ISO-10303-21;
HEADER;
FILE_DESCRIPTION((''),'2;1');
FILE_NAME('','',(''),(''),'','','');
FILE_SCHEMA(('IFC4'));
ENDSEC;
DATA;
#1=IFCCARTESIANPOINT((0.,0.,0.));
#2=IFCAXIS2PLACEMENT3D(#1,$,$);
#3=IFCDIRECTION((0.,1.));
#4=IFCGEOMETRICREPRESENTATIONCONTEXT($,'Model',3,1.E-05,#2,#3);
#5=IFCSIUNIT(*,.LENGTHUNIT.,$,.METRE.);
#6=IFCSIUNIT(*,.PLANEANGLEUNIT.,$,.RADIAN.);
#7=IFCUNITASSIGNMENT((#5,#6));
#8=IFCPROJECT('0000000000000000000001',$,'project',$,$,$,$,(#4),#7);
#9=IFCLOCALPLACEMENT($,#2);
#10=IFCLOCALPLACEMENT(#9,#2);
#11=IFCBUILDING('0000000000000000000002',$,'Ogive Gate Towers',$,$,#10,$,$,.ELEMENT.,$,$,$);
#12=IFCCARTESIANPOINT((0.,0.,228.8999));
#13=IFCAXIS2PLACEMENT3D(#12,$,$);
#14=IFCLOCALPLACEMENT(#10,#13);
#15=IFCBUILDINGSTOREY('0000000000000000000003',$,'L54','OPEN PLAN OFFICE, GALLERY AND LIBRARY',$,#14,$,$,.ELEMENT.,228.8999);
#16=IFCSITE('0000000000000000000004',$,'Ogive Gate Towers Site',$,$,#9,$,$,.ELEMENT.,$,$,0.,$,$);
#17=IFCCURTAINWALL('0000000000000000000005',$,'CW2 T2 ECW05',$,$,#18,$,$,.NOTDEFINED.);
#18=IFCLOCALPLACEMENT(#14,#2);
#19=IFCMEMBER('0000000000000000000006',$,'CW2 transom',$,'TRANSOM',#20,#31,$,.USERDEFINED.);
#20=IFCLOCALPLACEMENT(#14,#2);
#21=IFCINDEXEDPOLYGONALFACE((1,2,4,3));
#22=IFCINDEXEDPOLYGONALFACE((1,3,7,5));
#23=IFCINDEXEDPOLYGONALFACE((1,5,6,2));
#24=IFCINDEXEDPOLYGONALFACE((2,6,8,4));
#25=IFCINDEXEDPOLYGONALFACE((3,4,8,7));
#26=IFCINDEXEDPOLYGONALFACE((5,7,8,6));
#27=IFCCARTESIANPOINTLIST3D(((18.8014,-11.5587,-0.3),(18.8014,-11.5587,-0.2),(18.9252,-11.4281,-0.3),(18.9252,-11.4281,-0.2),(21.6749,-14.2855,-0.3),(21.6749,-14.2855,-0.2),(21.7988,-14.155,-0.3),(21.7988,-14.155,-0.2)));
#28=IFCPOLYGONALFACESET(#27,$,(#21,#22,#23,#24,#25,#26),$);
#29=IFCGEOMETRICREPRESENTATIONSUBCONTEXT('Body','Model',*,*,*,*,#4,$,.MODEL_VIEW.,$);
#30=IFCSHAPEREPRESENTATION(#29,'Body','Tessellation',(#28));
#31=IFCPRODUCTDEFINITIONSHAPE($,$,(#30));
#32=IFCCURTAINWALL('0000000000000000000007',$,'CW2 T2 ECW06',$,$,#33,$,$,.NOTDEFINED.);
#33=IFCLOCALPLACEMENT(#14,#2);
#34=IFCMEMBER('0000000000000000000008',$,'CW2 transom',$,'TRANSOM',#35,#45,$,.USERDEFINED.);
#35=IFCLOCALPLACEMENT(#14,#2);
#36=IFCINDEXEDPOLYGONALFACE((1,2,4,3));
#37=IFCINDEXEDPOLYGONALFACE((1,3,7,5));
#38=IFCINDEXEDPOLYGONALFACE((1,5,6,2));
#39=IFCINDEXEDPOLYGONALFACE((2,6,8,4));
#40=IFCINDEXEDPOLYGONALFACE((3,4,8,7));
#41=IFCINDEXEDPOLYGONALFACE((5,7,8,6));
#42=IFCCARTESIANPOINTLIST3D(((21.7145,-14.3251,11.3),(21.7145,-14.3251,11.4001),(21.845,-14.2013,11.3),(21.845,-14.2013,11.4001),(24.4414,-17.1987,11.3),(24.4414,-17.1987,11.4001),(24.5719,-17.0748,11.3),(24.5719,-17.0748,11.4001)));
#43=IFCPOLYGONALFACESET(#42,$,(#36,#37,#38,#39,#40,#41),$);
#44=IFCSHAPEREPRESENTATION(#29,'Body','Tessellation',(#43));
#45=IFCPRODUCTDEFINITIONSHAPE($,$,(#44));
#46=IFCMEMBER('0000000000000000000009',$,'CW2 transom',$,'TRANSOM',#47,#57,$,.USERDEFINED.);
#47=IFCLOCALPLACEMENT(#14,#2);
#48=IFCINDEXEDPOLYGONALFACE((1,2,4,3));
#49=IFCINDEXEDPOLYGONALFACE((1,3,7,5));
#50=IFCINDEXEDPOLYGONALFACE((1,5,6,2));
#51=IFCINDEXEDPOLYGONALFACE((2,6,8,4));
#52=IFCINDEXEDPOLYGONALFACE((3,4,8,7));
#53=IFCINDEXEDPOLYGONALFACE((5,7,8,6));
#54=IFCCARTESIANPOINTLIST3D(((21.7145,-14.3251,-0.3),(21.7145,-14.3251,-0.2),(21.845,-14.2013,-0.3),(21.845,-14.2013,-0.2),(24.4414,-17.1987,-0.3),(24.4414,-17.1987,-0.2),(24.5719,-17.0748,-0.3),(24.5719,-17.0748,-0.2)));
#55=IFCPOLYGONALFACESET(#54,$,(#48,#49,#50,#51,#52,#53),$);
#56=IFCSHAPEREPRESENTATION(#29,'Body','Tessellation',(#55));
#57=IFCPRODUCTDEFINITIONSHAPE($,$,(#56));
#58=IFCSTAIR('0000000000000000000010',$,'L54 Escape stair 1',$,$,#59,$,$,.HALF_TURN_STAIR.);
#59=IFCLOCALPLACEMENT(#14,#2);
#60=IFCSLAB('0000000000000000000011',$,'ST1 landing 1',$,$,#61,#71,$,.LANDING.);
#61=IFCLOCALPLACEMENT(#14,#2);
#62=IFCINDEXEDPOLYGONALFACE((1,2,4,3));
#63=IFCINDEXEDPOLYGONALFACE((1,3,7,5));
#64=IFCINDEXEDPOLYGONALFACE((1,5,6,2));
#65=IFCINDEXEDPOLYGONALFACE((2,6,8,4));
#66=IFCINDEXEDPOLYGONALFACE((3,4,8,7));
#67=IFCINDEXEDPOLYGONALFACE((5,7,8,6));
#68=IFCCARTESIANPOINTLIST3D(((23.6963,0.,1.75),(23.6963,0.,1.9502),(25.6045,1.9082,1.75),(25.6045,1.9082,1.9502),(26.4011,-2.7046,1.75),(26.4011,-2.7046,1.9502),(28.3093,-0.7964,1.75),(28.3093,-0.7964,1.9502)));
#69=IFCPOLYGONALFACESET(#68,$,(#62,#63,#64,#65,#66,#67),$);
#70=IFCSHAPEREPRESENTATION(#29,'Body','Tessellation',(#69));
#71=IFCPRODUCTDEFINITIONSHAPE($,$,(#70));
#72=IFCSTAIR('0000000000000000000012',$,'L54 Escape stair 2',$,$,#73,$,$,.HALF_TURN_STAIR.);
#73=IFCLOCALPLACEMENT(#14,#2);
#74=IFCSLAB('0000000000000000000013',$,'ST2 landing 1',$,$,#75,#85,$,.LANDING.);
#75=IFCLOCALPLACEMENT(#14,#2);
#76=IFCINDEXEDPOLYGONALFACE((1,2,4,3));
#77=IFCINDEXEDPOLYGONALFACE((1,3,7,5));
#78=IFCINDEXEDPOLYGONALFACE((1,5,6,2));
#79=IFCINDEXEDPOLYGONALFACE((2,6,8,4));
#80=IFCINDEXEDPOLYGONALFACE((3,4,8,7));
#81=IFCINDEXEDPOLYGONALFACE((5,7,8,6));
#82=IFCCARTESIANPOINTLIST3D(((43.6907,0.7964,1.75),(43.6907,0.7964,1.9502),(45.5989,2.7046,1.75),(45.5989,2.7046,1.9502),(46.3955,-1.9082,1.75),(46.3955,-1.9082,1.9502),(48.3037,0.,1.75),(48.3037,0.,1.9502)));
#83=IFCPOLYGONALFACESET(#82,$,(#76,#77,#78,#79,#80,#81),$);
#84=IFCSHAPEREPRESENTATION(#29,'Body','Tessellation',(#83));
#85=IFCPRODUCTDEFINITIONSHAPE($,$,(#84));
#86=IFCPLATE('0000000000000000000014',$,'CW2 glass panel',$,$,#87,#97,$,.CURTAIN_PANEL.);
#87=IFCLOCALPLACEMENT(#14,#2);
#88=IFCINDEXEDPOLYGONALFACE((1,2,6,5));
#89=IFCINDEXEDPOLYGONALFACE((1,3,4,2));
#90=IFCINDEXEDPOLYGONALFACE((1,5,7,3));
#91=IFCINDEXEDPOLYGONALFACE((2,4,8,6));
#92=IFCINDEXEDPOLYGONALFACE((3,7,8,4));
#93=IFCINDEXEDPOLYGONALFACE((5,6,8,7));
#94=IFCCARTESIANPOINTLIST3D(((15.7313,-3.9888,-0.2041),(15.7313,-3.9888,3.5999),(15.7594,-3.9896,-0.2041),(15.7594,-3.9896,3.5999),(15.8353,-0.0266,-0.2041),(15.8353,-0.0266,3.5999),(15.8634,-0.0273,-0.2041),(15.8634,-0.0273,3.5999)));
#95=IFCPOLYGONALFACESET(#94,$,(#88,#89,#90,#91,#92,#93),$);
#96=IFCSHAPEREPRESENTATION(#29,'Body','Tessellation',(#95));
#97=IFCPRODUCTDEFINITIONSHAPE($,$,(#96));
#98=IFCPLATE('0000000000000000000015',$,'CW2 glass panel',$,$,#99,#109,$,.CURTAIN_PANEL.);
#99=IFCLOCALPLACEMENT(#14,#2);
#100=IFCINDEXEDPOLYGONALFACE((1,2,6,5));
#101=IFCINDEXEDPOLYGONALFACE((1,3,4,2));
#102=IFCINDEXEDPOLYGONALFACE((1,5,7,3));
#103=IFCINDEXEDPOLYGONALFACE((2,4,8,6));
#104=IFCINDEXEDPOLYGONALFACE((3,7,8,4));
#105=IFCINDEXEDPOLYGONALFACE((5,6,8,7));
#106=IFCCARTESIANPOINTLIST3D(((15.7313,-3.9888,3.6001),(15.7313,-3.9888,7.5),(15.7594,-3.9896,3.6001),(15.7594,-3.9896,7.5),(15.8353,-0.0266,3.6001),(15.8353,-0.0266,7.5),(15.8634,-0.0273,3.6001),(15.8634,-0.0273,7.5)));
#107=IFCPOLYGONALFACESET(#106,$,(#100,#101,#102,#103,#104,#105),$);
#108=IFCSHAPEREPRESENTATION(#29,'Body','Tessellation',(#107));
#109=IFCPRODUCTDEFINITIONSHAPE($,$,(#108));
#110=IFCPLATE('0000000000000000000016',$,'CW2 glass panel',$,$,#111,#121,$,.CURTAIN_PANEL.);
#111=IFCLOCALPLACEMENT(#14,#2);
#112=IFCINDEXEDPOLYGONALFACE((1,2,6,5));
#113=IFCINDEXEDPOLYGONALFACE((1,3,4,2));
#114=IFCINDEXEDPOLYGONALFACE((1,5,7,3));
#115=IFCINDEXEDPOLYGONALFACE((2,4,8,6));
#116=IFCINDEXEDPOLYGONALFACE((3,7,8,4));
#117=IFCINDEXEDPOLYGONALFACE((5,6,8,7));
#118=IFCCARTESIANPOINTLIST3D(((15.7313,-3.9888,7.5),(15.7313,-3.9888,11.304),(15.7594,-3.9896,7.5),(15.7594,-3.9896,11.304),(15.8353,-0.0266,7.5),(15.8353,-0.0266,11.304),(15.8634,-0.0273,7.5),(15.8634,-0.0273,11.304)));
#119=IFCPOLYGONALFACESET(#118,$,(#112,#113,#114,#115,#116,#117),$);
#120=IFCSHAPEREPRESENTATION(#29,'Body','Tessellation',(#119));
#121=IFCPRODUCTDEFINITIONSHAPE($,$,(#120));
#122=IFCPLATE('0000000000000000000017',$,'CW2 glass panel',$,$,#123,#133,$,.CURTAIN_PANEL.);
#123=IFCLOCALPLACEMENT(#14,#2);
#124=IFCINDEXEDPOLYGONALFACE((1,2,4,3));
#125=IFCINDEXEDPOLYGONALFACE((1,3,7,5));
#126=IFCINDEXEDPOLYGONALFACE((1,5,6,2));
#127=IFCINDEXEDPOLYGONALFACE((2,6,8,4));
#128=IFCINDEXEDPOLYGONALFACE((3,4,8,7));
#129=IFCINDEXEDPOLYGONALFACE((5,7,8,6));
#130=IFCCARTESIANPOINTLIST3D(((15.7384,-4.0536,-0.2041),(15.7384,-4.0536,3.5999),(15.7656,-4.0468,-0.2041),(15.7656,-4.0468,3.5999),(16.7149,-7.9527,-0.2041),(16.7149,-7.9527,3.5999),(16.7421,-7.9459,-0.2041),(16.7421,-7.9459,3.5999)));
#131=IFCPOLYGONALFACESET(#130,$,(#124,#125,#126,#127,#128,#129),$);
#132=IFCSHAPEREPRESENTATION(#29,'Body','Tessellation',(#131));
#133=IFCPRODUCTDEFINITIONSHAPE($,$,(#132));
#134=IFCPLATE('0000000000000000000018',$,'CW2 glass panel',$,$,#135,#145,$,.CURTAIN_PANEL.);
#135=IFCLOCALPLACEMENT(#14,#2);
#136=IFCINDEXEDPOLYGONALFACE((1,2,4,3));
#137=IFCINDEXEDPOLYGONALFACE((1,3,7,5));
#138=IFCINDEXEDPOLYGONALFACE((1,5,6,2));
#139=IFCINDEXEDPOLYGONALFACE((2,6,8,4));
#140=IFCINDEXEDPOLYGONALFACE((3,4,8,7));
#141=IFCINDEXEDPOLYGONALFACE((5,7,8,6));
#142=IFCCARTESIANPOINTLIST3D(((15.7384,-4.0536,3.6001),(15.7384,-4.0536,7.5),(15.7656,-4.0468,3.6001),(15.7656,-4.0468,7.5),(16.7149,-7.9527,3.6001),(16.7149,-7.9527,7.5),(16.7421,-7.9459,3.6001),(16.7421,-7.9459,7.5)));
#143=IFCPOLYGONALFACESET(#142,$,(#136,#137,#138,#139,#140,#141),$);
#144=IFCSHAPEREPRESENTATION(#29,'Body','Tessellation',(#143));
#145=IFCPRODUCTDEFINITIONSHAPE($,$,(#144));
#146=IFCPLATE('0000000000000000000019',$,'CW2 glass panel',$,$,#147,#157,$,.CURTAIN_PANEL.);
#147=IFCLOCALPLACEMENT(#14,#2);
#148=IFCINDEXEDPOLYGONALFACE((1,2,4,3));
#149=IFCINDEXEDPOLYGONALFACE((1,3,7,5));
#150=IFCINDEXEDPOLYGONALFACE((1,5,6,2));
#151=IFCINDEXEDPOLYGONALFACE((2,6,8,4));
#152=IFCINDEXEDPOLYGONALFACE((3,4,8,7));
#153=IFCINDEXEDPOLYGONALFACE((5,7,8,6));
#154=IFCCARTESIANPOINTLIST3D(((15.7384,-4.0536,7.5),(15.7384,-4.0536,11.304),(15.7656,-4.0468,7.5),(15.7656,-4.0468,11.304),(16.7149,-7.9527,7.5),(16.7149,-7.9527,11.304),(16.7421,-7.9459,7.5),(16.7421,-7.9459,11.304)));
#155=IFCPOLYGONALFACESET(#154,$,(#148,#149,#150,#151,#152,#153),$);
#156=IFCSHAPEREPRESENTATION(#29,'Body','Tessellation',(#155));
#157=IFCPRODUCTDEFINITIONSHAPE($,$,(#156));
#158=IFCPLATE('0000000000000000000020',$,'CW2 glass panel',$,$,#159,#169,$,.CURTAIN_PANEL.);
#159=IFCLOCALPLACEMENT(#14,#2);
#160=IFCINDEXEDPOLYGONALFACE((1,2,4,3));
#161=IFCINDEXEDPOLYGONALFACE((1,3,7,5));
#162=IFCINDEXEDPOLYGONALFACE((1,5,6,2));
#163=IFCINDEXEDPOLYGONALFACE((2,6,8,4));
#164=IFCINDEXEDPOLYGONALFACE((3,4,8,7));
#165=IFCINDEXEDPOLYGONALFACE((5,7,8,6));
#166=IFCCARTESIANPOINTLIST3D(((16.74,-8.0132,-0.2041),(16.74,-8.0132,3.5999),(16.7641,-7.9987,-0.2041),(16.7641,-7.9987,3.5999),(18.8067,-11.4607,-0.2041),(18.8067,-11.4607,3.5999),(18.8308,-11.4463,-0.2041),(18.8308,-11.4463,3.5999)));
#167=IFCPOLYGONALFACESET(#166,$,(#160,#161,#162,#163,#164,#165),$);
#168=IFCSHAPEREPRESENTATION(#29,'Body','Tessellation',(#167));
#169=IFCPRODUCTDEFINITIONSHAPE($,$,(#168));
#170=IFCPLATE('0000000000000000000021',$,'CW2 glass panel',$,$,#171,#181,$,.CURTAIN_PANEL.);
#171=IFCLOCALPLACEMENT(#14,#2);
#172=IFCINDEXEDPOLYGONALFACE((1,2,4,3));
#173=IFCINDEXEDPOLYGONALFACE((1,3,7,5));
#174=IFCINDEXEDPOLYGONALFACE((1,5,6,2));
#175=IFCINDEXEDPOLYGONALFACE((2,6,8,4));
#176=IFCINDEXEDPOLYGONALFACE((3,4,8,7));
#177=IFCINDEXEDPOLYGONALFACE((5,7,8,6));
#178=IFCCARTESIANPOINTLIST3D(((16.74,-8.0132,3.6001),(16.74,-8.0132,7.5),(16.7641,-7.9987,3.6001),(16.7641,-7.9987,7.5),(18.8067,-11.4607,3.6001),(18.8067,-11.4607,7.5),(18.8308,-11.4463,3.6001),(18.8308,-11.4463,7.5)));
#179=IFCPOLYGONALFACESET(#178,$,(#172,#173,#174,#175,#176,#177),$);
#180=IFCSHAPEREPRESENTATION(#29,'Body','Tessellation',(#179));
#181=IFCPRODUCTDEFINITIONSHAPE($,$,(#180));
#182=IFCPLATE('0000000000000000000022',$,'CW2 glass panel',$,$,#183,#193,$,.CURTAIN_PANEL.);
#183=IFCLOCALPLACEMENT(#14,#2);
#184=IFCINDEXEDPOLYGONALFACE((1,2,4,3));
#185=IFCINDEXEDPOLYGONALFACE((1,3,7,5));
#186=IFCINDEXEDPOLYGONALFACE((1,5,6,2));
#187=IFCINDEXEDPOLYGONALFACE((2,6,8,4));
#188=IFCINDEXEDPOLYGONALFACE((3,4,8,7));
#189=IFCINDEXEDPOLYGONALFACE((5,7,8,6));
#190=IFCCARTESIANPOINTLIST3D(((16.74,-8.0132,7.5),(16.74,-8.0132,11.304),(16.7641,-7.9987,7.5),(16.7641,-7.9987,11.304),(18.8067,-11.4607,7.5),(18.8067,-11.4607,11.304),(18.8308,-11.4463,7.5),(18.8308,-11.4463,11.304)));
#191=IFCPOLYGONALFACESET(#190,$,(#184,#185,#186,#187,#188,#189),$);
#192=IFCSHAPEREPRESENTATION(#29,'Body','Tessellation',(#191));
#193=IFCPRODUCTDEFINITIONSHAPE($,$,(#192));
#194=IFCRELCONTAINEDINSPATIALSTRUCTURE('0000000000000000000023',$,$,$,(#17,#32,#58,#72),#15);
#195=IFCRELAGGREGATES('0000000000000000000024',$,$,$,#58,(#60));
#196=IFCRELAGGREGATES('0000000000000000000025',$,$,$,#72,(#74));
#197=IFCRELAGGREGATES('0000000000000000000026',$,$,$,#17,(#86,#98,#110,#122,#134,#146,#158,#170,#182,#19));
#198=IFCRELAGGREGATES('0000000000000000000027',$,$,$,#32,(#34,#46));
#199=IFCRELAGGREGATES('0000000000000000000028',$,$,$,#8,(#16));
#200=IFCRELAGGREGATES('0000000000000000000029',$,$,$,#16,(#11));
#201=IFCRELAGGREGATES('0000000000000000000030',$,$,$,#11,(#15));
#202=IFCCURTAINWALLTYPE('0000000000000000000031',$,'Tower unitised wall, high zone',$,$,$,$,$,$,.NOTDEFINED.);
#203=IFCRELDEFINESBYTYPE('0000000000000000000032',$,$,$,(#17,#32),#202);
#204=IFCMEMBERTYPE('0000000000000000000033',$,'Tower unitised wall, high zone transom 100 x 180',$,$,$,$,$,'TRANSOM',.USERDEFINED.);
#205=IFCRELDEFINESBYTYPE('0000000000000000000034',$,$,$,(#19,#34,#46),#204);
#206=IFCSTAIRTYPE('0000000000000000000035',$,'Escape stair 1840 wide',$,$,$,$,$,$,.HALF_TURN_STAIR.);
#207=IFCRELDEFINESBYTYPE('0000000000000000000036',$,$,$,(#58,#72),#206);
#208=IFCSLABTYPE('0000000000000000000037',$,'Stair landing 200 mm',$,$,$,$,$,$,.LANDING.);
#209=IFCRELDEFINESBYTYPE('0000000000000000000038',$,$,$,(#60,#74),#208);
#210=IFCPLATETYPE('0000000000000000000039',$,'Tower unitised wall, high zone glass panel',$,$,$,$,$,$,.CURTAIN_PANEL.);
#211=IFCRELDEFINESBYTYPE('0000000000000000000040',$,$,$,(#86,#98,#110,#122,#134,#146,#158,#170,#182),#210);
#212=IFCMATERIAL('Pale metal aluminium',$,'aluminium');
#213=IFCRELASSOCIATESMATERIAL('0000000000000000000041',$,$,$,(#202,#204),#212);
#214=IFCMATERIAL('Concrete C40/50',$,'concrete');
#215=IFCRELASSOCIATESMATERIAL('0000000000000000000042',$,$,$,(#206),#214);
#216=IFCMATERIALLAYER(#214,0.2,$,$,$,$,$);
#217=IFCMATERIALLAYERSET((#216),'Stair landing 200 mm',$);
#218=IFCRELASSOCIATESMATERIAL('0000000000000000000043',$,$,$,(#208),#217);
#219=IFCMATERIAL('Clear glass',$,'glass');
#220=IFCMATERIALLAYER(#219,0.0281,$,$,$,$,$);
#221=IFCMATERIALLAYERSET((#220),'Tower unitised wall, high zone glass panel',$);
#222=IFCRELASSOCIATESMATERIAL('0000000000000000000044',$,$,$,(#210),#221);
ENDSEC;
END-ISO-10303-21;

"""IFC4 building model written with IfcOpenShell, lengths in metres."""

from ifc_helpers import new_model, si_unit, direction, frame, origin, origin_2d, place, context, subcontext, project, spatial, polyline, rectangle, outline, extrude, material, layer, layer_set, material_profile, profile_set, type_object, element, aggregate, save


model = new_model("IFC4")

# Units and contexts
model_context = context("Model", 3, precision=1e-05, world=origin(), true_north=direction((0.0, 1.0)))
body_context = subcontext(model_context, "Body", "Model", "MODEL_VIEW")
ifc_project = project(units=[si_unit("LENGTHUNIT", "METRE"), si_unit("PLANEANGLEUNIT", "RADIAN")], contexts=[model_context])

# Site, building, storey
site_placement = place(None, origin())
site = spatial("IfcSite", under=ifc_project, at=site_placement, Name="Ogive Gate Towers Site", CompositionType="ELEMENT", RefElevation=0.0)
building_placement = place(site_placement, origin())
building = spatial("IfcBuilding", under=site, at=building_placement, Name="Ogive Gate Towers", CompositionType="ELEMENT")
storey_placement = place(building_placement, frame((0.0, 0.0, 228.8999)))
storey = spatial("IfcBuildingStorey", under=building, at=storey_placement, Name="L54", Description="OPEN PLAN OFFICE, GALLERY AND LIBRARY", CompositionType="ELEMENT", Elevation=228.8999)

# Curtain walls, members
ifc_material_1 = material(Name="Pale metal aluminium", Category="aluminium")
curtain_wall_type = type_object("IfcCurtainWallType", Name="Tower unitised wall, high zone", PredefinedType="NOTDEFINED", material=ifc_material_1)
curtain_wall_1_placement = place(storey_placement, origin())
curtain_wall_1 = element("IfcCurtainWall", 1, at=curtain_wall_1_placement, inside=storey, type_object=curtain_wall_type, Name="CW2 T2 ECW05", PredefinedType="NOTDEFINED")
ifc_material_profile_1 = material_profile(ifc_material_1, rectangle(XDim=0.1799, YDim=0.1001, at=origin_2d()), Name="100 x 180 aluminium box")
ifc_profile_set_1 = profile_set([ifc_material_profile_1], Name="Pale metal aluminium")
member_type_1 = type_object("IfcMemberType", Name="Tower unitised wall, high zone transom 100 x 180", ElementType="TRANSOM", PredefinedType="USERDEFINED", material=ifc_profile_set_1)
member_1_placement = place(storey_placement, frame((18.8633, -11.4934, -0.25), z_axis=(0.725384, -0.688344, 0.0), x_axis=(0.688344, 0.725384, 0.0)))
member_1 = element("IfcMember", 2, at=member_1_placement, type_object=member_type_1, Name="CW2 transom", ObjectType="TRANSOM", PredefinedType="USERDEFINED", context=body_context, shape_type="SweptSolid", body=[
    extrude(rectangle(XDim=0.1799, YDim=0.1001, at=origin_2d()), origin(), (0.0, 0.0, 1.0), 3.9614),
])
curtain_wall_2_placement = place(storey_placement, origin())
curtain_wall_2 = element("IfcCurtainWall", 3, at=curtain_wall_2_placement, inside=storey, type_object=curtain_wall_type, Name="CW2 T2 ECW06", PredefinedType="NOTDEFINED")
member_2_placement = place(storey_placement, frame((21.7798, -14.2632, 11.3501), z_axis=(0.688344, -0.725384, 0.0), x_axis=(0.725384, 0.688344, 0.0)))
member_2 = element("IfcMember", 4, at=member_2_placement, type_object=member_type_1, Name="CW2 transom", ObjectType="TRANSOM", PredefinedType="USERDEFINED", context=body_context, shape_type="SweptSolid", body=[
    extrude(rectangle(XDim=0.1799, YDim=0.1001, at=origin_2d()), origin(), (0.0, 0.0, 1.0), 3.9614),
])
member_3_placement = place(storey_placement, frame((21.7798, -14.2632, -0.25), z_axis=(0.688344, -0.725384, 0.0), x_axis=(0.725384, 0.688344, 0.0)))
member_3 = element("IfcMember", 5, at=member_3_placement, type_object=member_type_1, Name="CW2 transom", ObjectType="TRANSOM", PredefinedType="USERDEFINED", context=body_context, shape_type="SweptSolid", body=[
    extrude(rectangle(XDim=0.1799, YDim=0.1001, at=origin_2d()), origin(), (0.0, 0.0, 1.0), 3.9614),
])

# Stairs, slabs
ifc_material_2 = material(Name="Concrete C40/50", Category="concrete")
stair_type = type_object("IfcStairType", Name="Escape stair 1840 wide", PredefinedType="HALF_TURN_STAIR", material=ifc_material_2)
stair_1_placement = place(storey_placement, origin())
stair_1 = element("IfcStair", 6, at=stair_1_placement, inside=storey, type_object=stair_type, Name="L54 Escape stair 1", PredefinedType="HALF_TURN_STAIR")
ifc_layer_1 = layer(ifc_material_2, 0.2)
ifc_layer_set_1 = layer_set([ifc_layer_1], Name="Stair landing 200 mm")
slab_type = type_object("IfcSlabType", Name="Stair landing 200 mm", PredefinedType="LANDING", material=ifc_layer_set_1)
slab_1_placement = place(storey_placement, frame((0.0, 0.0, 1.75)))
slab_1 = element("IfcSlab", 7, at=slab_1_placement, type_object=slab_type, Name="ST1 landing 1", PredefinedType="LANDING", context=body_context, shape_type="SweptSolid", body=[
    extrude(outline(polyline([(25.6045, 1.9082), (23.6963, 0.0), (26.4011, -2.7046), (28.3093, -0.7964), (25.6045, 1.9082)])), origin(), (0.0, 0.0, 1.0), 0.2002),
])
aggregate(stair_1, [slab_1])
stair_2_placement = place(storey_placement, origin())
stair_2 = element("IfcStair", 8, at=stair_2_placement, inside=storey, type_object=stair_type, Name="L54 Escape stair 2", PredefinedType="HALF_TURN_STAIR")
slab_2_placement = place(storey_placement, frame((0.0, 0.0, 1.75)))
slab_2 = element("IfcSlab", 9, at=slab_2_placement, type_object=slab_type, Name="ST2 landing 1", PredefinedType="LANDING", context=body_context, shape_type="SweptSolid", body=[
    extrude(outline(polyline([(46.3955, -1.9082), (48.3037, 0.0), (45.5989, 2.7046), (43.6907, 0.7964), (46.3955, -1.9082)])), origin(), (0.0, 0.0, 1.0), 0.2002),
])
aggregate(stair_2, [slab_2])

# Plates
ifc_material_3 = material(Name="Clear glass", Category="glass")
ifc_layer_2 = layer(ifc_material_3, 0.0281)
ifc_layer_set_2 = layer_set([ifc_layer_2], Name="Tower unitised wall, high zone glass panel")
plate_type = type_object("IfcPlateType", Name="Tower unitised wall, high zone glass panel", PredefinedType="CURTAIN_PANEL", material=ifc_layer_set_2)
plate_1_placement = place(storey_placement, frame((15.7974, -2.0081, -0.2041), z_axis=(0.0, 0.0, 1.0), x_axis=(-0.026229, -0.999656, 0.0)))
plate_1 = element("IfcPlate", 10, at=plate_1_placement, type_object=plate_type, Name="CW2 glass panel", PredefinedType="CURTAIN_PANEL", context=body_context, shape_type="SweptSolid", body=[
    extrude(rectangle(XDim=3.9636, YDim=0.0281, at=origin_2d()), origin(), (0.0, 0.0, 1.0), 3.804),
])
plate_2_placement = place(storey_placement, frame((15.7974, -2.0081, 3.6001), z_axis=(0.0, 0.0, 1.0), x_axis=(-0.026229, -0.999656, 0.0)))
plate_2 = element("IfcPlate", 11, at=plate_2_placement, type_object=plate_type, Name="CW2 glass panel", PredefinedType="CURTAIN_PANEL", context=body_context, shape_type="SweptSolid", body=[
    extrude(rectangle(XDim=3.9636, YDim=0.0281, at=origin_2d()), origin(), (0.0, 0.0, 1.0), 3.8999),
])
plate_3_placement = place(storey_placement, frame((15.7974, -2.0081, 7.5), z_axis=(0.0, 0.0, 1.0), x_axis=(-0.026229, -0.999656, 0.0)))
plate_3 = element("IfcPlate", 12, at=plate_3_placement, type_object=plate_type, Name="CW2 glass panel", PredefinedType="CURTAIN_PANEL", context=body_context, shape_type="SweptSolid", body=[
    extrude(rectangle(XDim=3.9636, YDim=0.0281, at=origin_2d()), origin(), (0.0, 0.0, 1.0), 3.804),
])
plate_4_placement = place(storey_placement, frame((16.2402, -5.9998, -0.2041), z_axis=(0.0, 0.0, 1.0), x_axis=(0.242938, -0.970042, 0.0)))
plate_4 = element("IfcPlate", 13, at=plate_4_placement, type_object=plate_type, Name="CW2 glass panel", PredefinedType="CURTAIN_PANEL", context=body_context, shape_type="SweptSolid", body=[
    extrude(rectangle(XDim=4.0195, YDim=0.0281, at=origin_2d()), origin(), (0.0, 0.0, 1.0), 3.804),
])
plate_5_placement = place(storey_placement, frame((16.2402, -5.9998, 3.6001), z_axis=(0.0, 0.0, 1.0), x_axis=(0.242938, -0.970042, 0.0)))
plate_5 = element("IfcPlate", 14, at=plate_5_placement, type_object=plate_type, Name="CW2 glass panel", PredefinedType="CURTAIN_PANEL", context=body_context, shape_type="SweptSolid", body=[
    extrude(rectangle(XDim=4.0195, YDim=0.0281, at=origin_2d()), origin(), (0.0, 0.0, 1.0), 3.8999),
])
plate_6_placement = place(storey_placement, frame((16.2402, -5.9998, 7.5), z_axis=(0.0, 0.0, 1.0), x_axis=(0.242938, -0.970042, 0.0)))
plate_6 = element("IfcPlate", 15, at=plate_6_placement, type_object=plate_type, Name="CW2 glass panel", PredefinedType="CURTAIN_PANEL", context=body_context, shape_type="SweptSolid", body=[
    extrude(rectangle(XDim=4.0195, YDim=0.0281, at=origin_2d()), origin(), (0.0, 0.0, 1.0), 3.804),
])
plate_7_placement = place(storey_placement, frame((17.7854, -9.7297, -0.2041), z_axis=(0.0, 0.0, 1.0), x_axis=(0.514155, -0.857697, 0.0)))
plate_7 = element("IfcPlate", 16, at=plate_7_placement, type_object=plate_type, Name="CW2 glass panel", PredefinedType="CURTAIN_PANEL", context=body_context, shape_type="SweptSolid", body=[
    extrude(rectangle(XDim=4.0195, YDim=0.0281, at=origin_2d()), origin(), (0.0, 0.0, 1.0), 3.804),
])
plate_8_placement = place(storey_placement, frame((17.7854, -9.7297, 3.6001), z_axis=(0.0, 0.0, 1.0), x_axis=(0.514155, -0.857697, 0.0)))
plate_8 = element("IfcPlate", 17, at=plate_8_placement, type_object=plate_type, Name="CW2 glass panel", PredefinedType="CURTAIN_PANEL", context=body_context, shape_type="SweptSolid", body=[
    extrude(rectangle(XDim=4.0195, YDim=0.0281, at=origin_2d()), origin(), (0.0, 0.0, 1.0), 3.8999),
])
plate_9_placement = place(storey_placement, frame((17.7854, -9.7297, 7.5), z_axis=(0.0, 0.0, 1.0), x_axis=(0.514155, -0.857697, 0.0)))
plate_9 = element("IfcPlate", 18, at=plate_9_placement, type_object=plate_type, Name="CW2 glass panel", PredefinedType="CURTAIN_PANEL", context=body_context, shape_type="SweptSolid", body=[
    extrude(rectangle(XDim=4.0195, YDim=0.0281, at=origin_2d()), origin(), (0.0, 0.0, 1.0), 3.804),
])
aggregate(curtain_wall_1, [plate_1, plate_2, plate_3, plate_4, plate_5, plate_6, plate_7, plate_8, plate_9, member_1])
aggregate(curtain_wall_2, [member_2, member_3])

save(model, "model.ifc")
